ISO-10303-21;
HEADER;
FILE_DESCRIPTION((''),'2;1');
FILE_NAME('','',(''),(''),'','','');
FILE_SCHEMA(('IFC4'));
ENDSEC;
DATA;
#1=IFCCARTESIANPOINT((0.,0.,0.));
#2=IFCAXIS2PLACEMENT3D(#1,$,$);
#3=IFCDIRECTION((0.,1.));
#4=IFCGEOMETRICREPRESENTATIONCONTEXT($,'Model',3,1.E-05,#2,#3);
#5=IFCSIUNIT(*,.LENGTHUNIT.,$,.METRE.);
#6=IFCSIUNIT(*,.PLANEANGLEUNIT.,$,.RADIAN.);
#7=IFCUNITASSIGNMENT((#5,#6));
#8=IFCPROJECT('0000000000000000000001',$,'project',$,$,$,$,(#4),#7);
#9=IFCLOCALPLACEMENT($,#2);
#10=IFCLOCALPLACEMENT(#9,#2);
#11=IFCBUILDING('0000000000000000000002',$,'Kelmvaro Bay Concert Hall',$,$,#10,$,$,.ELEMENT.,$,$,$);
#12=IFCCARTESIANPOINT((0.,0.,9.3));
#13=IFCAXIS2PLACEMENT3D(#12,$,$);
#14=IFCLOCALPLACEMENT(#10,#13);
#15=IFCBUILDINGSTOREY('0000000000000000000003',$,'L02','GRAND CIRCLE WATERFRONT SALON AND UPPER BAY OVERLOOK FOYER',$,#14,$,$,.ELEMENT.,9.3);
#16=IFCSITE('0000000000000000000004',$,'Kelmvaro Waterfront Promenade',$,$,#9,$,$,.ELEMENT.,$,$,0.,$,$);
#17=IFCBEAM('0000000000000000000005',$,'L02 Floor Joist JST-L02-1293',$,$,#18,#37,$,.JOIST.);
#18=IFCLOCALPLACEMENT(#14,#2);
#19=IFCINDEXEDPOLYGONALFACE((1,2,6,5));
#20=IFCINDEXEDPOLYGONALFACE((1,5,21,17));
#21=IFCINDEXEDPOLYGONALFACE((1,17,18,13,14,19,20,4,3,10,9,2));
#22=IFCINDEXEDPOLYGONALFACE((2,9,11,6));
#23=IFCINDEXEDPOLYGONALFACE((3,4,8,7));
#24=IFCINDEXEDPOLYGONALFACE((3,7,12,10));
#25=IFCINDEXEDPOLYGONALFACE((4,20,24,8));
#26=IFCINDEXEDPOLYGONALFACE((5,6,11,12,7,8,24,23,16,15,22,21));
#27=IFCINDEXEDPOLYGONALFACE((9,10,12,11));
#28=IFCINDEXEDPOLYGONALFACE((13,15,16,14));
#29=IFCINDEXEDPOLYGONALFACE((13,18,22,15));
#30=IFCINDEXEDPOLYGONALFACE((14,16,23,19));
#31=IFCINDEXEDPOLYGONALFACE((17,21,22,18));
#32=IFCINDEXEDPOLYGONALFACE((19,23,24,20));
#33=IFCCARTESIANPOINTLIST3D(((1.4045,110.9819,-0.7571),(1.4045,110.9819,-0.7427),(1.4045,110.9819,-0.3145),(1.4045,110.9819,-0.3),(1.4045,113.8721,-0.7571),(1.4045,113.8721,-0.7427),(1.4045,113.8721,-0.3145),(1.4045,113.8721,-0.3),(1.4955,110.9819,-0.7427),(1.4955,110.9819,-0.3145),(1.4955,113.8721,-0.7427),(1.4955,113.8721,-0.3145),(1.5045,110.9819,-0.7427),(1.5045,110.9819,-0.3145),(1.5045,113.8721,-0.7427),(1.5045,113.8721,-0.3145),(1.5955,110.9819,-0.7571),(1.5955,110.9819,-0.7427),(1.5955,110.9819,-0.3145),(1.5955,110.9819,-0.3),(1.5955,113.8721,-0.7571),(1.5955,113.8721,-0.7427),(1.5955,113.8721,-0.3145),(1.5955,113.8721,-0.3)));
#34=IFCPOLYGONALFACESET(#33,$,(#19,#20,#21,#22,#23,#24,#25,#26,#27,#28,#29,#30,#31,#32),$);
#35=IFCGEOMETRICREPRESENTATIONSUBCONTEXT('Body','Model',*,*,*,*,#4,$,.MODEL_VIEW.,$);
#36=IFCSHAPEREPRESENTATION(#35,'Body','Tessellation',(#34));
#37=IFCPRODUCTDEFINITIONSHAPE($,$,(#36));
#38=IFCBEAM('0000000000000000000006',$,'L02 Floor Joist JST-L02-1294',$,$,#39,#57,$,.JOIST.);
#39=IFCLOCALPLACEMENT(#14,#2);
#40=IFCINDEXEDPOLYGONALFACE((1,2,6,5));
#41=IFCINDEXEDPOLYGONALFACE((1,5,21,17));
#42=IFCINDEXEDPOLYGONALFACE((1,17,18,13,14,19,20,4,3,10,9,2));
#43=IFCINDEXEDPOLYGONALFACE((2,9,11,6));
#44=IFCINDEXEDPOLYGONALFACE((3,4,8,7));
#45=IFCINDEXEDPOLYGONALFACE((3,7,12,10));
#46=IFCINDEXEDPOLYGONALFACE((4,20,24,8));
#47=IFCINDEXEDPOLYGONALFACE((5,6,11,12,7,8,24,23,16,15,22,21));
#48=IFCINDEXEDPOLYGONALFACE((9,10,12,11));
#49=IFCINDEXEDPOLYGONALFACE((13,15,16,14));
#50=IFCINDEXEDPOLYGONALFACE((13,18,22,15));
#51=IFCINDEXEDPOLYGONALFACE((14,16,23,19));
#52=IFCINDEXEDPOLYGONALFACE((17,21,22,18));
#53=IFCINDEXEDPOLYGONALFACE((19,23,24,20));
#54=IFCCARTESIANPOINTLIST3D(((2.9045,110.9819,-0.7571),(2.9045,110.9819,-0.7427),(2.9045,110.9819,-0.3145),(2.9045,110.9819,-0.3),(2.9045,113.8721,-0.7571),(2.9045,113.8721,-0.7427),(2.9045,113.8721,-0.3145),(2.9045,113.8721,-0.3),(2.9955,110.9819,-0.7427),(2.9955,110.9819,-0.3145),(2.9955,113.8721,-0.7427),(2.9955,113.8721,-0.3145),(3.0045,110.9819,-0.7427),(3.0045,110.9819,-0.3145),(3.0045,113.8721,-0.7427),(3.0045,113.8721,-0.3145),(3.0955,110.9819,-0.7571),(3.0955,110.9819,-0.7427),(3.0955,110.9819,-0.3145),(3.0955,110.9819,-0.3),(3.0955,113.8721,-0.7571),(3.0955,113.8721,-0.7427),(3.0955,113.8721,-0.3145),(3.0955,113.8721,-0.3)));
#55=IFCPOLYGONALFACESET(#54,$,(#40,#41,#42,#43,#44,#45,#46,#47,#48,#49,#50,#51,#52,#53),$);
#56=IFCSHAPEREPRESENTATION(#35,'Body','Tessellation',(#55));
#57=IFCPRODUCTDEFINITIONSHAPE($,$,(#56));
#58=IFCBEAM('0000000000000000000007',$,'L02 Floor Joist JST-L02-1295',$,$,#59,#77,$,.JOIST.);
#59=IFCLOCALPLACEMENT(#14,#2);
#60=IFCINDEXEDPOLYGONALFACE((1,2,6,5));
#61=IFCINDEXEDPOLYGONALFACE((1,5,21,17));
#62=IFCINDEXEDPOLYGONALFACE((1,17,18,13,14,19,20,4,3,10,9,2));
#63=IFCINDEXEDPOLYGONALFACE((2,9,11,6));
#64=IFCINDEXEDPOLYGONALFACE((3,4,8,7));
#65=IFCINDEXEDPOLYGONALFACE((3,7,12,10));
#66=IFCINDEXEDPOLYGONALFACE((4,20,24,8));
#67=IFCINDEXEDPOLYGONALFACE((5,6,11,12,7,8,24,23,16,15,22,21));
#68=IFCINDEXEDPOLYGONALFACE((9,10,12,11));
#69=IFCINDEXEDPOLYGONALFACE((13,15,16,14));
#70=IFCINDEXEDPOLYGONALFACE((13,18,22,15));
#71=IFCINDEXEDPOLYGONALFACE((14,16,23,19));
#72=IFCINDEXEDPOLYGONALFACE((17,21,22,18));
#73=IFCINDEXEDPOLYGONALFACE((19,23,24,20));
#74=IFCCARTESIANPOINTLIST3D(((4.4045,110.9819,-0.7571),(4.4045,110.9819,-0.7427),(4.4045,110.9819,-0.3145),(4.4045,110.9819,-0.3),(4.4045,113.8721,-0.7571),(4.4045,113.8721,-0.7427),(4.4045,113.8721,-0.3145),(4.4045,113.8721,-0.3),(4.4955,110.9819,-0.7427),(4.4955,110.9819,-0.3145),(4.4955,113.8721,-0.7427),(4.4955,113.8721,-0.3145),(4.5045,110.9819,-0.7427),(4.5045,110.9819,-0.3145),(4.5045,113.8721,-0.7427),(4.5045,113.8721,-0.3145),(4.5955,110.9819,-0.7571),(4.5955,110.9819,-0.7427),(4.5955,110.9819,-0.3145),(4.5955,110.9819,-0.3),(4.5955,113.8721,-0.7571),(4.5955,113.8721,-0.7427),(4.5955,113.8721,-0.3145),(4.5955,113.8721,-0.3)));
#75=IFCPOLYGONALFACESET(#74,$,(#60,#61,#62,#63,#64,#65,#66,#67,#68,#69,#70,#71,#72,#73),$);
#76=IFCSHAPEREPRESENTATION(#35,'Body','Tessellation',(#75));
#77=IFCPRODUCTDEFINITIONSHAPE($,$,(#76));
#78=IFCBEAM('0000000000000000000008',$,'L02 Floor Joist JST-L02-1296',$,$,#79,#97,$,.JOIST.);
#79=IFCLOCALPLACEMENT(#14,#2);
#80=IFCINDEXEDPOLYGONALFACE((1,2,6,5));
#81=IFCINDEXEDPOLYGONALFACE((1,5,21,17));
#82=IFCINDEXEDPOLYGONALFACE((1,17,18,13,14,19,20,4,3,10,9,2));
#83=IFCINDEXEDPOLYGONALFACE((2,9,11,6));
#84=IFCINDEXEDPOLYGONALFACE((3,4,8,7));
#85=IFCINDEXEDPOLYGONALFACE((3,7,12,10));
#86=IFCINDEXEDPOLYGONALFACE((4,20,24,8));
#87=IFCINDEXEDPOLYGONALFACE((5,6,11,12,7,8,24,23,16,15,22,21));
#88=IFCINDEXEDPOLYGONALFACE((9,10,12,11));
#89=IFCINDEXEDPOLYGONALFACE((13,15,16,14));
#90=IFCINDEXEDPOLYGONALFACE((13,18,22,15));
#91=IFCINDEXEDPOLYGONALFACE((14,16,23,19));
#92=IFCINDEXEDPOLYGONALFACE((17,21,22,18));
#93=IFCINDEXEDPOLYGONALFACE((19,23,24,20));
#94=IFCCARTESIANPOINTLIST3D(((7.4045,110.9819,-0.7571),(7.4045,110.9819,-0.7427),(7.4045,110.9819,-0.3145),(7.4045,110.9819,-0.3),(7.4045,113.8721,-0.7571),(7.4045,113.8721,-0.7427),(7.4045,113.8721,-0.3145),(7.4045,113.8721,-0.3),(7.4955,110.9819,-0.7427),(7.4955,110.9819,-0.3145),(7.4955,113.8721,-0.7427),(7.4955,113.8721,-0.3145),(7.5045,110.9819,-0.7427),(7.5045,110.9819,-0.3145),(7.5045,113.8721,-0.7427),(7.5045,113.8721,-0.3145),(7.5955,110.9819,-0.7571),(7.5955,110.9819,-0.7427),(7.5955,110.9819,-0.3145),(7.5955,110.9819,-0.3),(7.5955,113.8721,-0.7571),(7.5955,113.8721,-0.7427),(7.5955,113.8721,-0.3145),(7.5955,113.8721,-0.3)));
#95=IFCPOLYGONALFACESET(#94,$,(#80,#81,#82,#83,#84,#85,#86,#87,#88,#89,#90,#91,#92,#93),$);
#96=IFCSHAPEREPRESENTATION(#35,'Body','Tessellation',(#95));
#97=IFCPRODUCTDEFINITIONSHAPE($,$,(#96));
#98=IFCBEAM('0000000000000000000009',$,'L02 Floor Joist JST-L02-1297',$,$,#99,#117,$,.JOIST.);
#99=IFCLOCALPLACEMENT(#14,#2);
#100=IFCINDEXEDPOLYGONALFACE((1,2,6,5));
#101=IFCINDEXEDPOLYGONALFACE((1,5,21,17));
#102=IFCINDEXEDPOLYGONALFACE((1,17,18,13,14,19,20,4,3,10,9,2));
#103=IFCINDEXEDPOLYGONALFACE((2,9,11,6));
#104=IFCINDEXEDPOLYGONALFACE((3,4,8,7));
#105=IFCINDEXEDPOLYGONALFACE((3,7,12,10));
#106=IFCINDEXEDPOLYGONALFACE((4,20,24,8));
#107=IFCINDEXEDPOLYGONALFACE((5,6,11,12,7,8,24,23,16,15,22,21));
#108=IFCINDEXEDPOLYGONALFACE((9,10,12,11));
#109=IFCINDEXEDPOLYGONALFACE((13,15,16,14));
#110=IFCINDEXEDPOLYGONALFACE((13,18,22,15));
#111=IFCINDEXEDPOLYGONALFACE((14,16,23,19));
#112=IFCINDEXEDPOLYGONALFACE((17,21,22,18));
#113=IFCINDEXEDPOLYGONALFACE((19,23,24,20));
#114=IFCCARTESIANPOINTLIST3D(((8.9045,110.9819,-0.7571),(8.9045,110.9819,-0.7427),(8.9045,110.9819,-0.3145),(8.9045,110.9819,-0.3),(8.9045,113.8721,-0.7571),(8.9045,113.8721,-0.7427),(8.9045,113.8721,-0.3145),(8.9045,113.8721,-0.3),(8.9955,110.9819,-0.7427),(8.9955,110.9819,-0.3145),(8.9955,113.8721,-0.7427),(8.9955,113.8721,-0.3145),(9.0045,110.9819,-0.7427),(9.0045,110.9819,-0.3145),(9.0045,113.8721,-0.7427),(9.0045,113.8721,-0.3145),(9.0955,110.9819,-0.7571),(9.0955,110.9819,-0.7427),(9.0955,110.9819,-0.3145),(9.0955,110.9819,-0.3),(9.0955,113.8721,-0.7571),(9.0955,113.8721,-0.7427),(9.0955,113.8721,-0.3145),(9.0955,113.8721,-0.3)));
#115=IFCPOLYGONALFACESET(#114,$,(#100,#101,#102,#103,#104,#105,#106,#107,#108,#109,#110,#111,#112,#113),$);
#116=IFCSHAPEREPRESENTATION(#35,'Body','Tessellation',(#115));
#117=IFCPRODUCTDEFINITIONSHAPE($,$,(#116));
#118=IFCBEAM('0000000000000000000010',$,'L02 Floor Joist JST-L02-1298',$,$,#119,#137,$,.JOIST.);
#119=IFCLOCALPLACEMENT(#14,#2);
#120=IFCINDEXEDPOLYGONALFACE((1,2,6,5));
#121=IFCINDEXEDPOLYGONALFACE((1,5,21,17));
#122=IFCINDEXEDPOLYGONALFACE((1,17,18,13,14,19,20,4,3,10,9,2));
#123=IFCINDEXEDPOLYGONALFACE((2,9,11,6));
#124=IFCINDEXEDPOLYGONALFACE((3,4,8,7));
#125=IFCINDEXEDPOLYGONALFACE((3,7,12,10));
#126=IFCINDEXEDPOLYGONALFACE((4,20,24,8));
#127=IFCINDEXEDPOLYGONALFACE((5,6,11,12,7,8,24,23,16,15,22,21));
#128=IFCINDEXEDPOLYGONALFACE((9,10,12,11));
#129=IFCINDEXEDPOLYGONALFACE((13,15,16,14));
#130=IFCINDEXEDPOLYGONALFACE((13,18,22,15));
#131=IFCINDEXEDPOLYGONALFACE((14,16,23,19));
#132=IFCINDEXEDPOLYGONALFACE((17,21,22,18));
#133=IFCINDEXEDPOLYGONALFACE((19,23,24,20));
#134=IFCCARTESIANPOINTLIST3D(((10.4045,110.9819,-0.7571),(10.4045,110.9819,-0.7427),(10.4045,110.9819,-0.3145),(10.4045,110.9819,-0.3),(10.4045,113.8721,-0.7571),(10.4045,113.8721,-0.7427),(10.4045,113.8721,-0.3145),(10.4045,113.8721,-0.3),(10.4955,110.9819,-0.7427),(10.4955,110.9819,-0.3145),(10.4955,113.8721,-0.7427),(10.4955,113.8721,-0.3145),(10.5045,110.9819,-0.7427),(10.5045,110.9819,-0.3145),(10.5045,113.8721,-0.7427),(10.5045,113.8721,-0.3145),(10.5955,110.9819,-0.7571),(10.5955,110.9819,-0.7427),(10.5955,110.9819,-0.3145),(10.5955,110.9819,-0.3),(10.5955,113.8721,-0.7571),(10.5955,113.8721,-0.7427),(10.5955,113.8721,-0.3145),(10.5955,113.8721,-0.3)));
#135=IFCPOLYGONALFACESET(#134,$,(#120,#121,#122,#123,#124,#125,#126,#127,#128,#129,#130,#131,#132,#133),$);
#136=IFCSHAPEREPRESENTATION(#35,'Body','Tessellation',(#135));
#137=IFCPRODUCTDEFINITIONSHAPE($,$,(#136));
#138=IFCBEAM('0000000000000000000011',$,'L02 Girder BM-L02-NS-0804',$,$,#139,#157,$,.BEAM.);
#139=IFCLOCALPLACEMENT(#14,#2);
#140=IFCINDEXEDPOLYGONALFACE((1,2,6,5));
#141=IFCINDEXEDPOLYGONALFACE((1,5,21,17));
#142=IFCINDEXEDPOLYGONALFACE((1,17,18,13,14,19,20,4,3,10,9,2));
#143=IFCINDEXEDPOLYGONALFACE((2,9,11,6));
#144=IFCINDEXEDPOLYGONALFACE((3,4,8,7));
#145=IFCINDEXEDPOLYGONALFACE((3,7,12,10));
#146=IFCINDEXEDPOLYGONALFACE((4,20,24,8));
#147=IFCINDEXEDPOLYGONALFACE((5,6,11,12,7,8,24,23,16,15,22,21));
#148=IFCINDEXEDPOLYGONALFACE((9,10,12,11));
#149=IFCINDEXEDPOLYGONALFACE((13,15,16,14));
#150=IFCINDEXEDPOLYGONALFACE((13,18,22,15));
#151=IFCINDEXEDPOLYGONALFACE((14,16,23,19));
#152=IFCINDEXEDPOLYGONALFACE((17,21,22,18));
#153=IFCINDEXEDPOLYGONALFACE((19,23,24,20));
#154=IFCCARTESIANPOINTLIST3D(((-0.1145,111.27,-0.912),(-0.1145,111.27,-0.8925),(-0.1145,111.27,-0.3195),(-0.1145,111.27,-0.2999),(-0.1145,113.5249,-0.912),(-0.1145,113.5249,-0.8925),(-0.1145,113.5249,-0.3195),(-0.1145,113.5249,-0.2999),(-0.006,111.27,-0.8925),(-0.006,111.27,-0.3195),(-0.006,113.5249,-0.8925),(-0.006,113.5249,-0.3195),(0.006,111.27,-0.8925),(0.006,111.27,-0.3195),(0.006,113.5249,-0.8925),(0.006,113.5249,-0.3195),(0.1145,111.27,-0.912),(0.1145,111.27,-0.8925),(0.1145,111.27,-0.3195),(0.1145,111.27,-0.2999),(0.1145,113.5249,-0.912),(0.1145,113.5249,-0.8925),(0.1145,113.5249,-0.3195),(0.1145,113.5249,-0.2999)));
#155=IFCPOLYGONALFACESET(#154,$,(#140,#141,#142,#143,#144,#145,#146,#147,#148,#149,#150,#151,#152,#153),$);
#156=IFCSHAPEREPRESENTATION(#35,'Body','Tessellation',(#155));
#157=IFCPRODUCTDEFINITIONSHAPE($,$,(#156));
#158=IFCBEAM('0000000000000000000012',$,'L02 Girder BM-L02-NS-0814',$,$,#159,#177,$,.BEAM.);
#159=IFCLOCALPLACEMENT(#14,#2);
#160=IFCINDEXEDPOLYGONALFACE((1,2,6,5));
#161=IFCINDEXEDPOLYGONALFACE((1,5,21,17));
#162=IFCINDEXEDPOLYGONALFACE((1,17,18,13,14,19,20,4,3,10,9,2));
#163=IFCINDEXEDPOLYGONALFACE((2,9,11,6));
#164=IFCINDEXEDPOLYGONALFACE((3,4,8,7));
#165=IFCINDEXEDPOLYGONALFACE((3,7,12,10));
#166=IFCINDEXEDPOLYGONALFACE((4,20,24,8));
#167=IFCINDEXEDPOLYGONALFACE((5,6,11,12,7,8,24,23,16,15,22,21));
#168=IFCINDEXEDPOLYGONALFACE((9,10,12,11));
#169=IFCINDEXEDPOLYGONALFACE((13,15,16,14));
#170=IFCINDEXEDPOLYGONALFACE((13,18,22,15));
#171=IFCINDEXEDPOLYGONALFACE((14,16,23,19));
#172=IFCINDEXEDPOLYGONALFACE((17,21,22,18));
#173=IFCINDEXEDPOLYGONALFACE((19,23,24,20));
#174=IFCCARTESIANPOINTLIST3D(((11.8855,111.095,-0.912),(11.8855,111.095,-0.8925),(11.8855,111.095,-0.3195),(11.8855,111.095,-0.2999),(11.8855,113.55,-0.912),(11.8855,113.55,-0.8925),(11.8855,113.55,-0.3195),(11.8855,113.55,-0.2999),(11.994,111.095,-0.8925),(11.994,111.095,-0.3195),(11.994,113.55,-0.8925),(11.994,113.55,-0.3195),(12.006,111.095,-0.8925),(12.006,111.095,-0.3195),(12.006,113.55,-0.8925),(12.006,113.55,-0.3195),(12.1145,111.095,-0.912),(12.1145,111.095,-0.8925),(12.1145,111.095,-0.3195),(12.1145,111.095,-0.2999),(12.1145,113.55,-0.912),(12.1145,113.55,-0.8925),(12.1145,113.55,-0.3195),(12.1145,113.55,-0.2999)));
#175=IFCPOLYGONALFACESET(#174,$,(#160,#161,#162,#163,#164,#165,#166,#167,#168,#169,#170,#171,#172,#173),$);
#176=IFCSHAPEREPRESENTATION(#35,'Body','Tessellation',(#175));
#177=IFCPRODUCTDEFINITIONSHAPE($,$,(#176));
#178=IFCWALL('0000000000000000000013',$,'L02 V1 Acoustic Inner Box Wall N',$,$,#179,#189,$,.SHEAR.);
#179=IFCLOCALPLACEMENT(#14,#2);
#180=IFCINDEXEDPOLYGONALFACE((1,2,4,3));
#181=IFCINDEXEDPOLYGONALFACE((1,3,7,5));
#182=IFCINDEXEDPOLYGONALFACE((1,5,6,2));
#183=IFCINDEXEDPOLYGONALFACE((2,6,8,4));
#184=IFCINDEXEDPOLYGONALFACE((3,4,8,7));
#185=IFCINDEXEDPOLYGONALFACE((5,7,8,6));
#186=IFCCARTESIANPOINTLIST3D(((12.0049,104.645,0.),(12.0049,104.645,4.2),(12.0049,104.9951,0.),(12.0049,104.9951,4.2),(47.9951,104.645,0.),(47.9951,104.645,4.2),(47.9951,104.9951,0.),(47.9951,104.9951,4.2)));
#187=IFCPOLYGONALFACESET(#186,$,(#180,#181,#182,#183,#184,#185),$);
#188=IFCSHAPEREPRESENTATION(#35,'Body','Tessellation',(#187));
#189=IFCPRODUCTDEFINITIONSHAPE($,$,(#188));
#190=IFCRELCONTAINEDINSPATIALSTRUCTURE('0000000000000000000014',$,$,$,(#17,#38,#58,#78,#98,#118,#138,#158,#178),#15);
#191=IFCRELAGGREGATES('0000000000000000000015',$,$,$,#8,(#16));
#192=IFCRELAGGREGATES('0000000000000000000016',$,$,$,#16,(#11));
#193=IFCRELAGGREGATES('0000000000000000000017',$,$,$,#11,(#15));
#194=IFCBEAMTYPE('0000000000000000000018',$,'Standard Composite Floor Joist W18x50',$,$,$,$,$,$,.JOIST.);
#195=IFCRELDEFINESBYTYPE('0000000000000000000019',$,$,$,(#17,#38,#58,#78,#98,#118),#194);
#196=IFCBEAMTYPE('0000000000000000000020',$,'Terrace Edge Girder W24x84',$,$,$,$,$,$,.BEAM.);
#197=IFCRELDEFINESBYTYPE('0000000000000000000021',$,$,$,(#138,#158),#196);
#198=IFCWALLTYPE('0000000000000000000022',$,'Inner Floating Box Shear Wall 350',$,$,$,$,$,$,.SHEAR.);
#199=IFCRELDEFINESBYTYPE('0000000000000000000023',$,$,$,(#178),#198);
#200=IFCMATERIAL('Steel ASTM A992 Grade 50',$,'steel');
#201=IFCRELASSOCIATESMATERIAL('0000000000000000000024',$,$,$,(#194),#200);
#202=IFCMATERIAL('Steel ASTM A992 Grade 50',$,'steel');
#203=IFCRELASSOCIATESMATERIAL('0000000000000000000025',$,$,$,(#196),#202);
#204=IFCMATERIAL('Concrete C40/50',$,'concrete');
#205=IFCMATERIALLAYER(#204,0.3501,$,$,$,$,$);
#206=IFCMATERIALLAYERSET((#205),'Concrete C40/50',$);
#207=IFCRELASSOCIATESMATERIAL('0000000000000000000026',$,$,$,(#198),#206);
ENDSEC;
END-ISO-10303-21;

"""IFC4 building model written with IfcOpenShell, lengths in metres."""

from ifc_helpers import new_model, si_unit, direction, frame, frame_2d, origin, origin_2d, place, context, subcontext, project, spatial, rectangle, i_section, extrude, material, layer, layer_set, material_profile, profile_set, type_object, element, save


model = new_model("IFC4")

# Units and contexts
model_context = context("Model", 3, precision=1e-05, world=origin(), true_north=direction((0.0, 1.0)))
body_context = subcontext(model_context, "Body", "Model", "MODEL_VIEW")
ifc_project = project(units=[si_unit("LENGTHUNIT", "METRE"), si_unit("PLANEANGLEUNIT", "RADIAN")], contexts=[model_context])

# Site, building, storey
site_placement = place(None, origin())
site = spatial("IfcSite", under=ifc_project, at=site_placement, Name="Kelmvaro Waterfront Promenade", CompositionType="ELEMENT", RefElevation=0.0)
building_placement = place(site_placement, origin())
building = spatial("IfcBuilding", under=site, at=building_placement, Name="Kelmvaro Bay Concert Hall", CompositionType="ELEMENT")
storey_placement = place(building_placement, frame((0.0, 0.0, 9.3)))
storey = spatial("IfcBuildingStorey", under=building, at=storey_placement, Name="L02", Description="GRAND CIRCLE WATERFRONT SALON AND UPPER BAY OVERLOOK FOYER", CompositionType="ELEMENT", Elevation=9.3)

# Beams
ifc_material_1 = material(Name="Steel ASTM A992 Grade 50", Category="steel")
ifc_material_profile_1 = material_profile(ifc_material_1, i_section(OverallWidth=0.1909, OverallDepth=0.457, WebThickness=0.009, FlangeThickness=0.0144, at=origin_2d()), Name="W18X50")
ifc_profile_set_1 = profile_set([ifc_material_profile_1], Name="Steel ASTM A992 Grade 50")
beam_type_1 = type_object("IfcBeamType", Name="Standard Composite Floor Joist W18x50", PredefinedType="JOIST", material=ifc_profile_set_1)
for number, where, z_axis, x_axis, name in (
    (1, (1.5, 110.9819, -0.5286), (0.0, 1.0, 0.0), (-1.0, 0.0, 0.0), "L02 Floor Joist JST-L02-1293"),
    (2, (3.0, 110.9819, -0.5286), (0.0, 1.0, 0.0), (-1.0, 0.0, 0.0), "L02 Floor Joist JST-L02-1294"),
    (3, (4.5, 110.9819, -0.5286), (0.0, 1.0, 0.0), (-1.0, 0.0, 0.0), "L02 Floor Joist JST-L02-1295"),
    (4, (7.5, 110.9819, -0.5286), (0.0, 1.0, 0.0), (-1.0, 0.0, 0.0), "L02 Floor Joist JST-L02-1296"),
    (5, (9.0, 110.9819, -0.5286), (0.0, 1.0, 0.0), (-1.0, 0.0, 0.0), "L02 Floor Joist JST-L02-1297"),
    (6, (10.5, 110.9819, -0.5286), (0.0, 1.0, 0.0), (-1.0, 0.0, 0.0), "L02 Floor Joist JST-L02-1298"),
):
    element("IfcBeam", number, at=place(storey_placement, frame(where, z_axis=z_axis, x_axis=x_axis)), inside=storey, type_object=beam_type_1, Name=name, PredefinedType="JOIST", context=body_context, shape_type="SweptSolid", body=[
        extrude(i_section(OverallWidth=0.1909, OverallDepth=0.457, WebThickness=0.009, FlangeThickness=0.0144, at=origin_2d()), origin(), (0.0, 0.0, 1.0), 2.8901),
    ])
ifc_material_2 = material(Name="Steel ASTM A992 Grade 50", Category="steel")
ifc_material_profile_2 = material_profile(ifc_material_2, i_section(OverallWidth=0.229, OverallDepth=0.6121, WebThickness=0.012, FlangeThickness=0.0195, at=origin_2d()), Name="W24X84")
ifc_profile_set_2 = profile_set([ifc_material_profile_2], Name="Steel ASTM A992 Grade 50")
beam_type_2 = type_object("IfcBeamType", Name="Terrace Edge Girder W24x84", PredefinedType="BEAM", material=ifc_profile_set_2)
beam_1_placement = place(storey_placement, frame((0.0, 111.27, -0.606), z_axis=(0.0, 1.0, 0.0), x_axis=(-1.0, 0.0, 0.0)))
element("IfcBeam", 7, at=beam_1_placement, inside=storey, type_object=beam_type_2, Name="L02 Girder BM-L02-NS-0804", PredefinedType="BEAM", context=body_context, shape_type="SweptSolid", body=[
    extrude(i_section(OverallWidth=0.229, OverallDepth=0.6121, WebThickness=0.012, FlangeThickness=0.0195, at=origin_2d()), origin(), (0.0, 0.0, 1.0), 2.2549),
])
beam_2_placement = place(storey_placement, frame((12.0, 111.095, -0.606), z_axis=(0.0, 1.0, 0.0), x_axis=(-1.0, 0.0, 0.0)))
element("IfcBeam", 8, at=beam_2_placement, inside=storey, type_object=beam_type_2, Name="L02 Girder BM-L02-NS-0814", PredefinedType="BEAM", context=body_context, shape_type="SweptSolid", body=[
    extrude(i_section(OverallWidth=0.229, OverallDepth=0.6121, WebThickness=0.012, FlangeThickness=0.0195, at=origin_2d()), origin(), (0.0, 0.0, 1.0), 2.4551),
])

# Wall
ifc_material_3 = material(Name="Concrete C40/50", Category="concrete")
ifc_layer_1 = layer(ifc_material_3, 0.3501)
ifc_layer_set_1 = layer_set([ifc_layer_1], Name="Concrete C40/50")
wall_type_1 = type_object("IfcWallType", Name="Inner Floating Box Shear Wall 350", PredefinedType="SHEAR", material=ifc_layer_set_1)
wall_1_placement = place(storey_placement, frame((12.0049, 104.8201, 0.0), z_axis=(0.0, 0.0, 1.0), x_axis=(1.0, 0.0, 0.0)))
element("IfcWall", 9, at=wall_1_placement, inside=storey, type_object=wall_type_1, Name="L02 V1 Acoustic Inner Box Wall N", PredefinedType="SHEAR", context=body_context, shape_type="SweptSolid", body=[
    extrude(rectangle(XDim=35.9902, YDim=0.3501, at=frame_2d((17.9951, 0.0))), origin(), (0.0, 0.0, 1.0), 4.2),
])

save(model, "model.ifc")
